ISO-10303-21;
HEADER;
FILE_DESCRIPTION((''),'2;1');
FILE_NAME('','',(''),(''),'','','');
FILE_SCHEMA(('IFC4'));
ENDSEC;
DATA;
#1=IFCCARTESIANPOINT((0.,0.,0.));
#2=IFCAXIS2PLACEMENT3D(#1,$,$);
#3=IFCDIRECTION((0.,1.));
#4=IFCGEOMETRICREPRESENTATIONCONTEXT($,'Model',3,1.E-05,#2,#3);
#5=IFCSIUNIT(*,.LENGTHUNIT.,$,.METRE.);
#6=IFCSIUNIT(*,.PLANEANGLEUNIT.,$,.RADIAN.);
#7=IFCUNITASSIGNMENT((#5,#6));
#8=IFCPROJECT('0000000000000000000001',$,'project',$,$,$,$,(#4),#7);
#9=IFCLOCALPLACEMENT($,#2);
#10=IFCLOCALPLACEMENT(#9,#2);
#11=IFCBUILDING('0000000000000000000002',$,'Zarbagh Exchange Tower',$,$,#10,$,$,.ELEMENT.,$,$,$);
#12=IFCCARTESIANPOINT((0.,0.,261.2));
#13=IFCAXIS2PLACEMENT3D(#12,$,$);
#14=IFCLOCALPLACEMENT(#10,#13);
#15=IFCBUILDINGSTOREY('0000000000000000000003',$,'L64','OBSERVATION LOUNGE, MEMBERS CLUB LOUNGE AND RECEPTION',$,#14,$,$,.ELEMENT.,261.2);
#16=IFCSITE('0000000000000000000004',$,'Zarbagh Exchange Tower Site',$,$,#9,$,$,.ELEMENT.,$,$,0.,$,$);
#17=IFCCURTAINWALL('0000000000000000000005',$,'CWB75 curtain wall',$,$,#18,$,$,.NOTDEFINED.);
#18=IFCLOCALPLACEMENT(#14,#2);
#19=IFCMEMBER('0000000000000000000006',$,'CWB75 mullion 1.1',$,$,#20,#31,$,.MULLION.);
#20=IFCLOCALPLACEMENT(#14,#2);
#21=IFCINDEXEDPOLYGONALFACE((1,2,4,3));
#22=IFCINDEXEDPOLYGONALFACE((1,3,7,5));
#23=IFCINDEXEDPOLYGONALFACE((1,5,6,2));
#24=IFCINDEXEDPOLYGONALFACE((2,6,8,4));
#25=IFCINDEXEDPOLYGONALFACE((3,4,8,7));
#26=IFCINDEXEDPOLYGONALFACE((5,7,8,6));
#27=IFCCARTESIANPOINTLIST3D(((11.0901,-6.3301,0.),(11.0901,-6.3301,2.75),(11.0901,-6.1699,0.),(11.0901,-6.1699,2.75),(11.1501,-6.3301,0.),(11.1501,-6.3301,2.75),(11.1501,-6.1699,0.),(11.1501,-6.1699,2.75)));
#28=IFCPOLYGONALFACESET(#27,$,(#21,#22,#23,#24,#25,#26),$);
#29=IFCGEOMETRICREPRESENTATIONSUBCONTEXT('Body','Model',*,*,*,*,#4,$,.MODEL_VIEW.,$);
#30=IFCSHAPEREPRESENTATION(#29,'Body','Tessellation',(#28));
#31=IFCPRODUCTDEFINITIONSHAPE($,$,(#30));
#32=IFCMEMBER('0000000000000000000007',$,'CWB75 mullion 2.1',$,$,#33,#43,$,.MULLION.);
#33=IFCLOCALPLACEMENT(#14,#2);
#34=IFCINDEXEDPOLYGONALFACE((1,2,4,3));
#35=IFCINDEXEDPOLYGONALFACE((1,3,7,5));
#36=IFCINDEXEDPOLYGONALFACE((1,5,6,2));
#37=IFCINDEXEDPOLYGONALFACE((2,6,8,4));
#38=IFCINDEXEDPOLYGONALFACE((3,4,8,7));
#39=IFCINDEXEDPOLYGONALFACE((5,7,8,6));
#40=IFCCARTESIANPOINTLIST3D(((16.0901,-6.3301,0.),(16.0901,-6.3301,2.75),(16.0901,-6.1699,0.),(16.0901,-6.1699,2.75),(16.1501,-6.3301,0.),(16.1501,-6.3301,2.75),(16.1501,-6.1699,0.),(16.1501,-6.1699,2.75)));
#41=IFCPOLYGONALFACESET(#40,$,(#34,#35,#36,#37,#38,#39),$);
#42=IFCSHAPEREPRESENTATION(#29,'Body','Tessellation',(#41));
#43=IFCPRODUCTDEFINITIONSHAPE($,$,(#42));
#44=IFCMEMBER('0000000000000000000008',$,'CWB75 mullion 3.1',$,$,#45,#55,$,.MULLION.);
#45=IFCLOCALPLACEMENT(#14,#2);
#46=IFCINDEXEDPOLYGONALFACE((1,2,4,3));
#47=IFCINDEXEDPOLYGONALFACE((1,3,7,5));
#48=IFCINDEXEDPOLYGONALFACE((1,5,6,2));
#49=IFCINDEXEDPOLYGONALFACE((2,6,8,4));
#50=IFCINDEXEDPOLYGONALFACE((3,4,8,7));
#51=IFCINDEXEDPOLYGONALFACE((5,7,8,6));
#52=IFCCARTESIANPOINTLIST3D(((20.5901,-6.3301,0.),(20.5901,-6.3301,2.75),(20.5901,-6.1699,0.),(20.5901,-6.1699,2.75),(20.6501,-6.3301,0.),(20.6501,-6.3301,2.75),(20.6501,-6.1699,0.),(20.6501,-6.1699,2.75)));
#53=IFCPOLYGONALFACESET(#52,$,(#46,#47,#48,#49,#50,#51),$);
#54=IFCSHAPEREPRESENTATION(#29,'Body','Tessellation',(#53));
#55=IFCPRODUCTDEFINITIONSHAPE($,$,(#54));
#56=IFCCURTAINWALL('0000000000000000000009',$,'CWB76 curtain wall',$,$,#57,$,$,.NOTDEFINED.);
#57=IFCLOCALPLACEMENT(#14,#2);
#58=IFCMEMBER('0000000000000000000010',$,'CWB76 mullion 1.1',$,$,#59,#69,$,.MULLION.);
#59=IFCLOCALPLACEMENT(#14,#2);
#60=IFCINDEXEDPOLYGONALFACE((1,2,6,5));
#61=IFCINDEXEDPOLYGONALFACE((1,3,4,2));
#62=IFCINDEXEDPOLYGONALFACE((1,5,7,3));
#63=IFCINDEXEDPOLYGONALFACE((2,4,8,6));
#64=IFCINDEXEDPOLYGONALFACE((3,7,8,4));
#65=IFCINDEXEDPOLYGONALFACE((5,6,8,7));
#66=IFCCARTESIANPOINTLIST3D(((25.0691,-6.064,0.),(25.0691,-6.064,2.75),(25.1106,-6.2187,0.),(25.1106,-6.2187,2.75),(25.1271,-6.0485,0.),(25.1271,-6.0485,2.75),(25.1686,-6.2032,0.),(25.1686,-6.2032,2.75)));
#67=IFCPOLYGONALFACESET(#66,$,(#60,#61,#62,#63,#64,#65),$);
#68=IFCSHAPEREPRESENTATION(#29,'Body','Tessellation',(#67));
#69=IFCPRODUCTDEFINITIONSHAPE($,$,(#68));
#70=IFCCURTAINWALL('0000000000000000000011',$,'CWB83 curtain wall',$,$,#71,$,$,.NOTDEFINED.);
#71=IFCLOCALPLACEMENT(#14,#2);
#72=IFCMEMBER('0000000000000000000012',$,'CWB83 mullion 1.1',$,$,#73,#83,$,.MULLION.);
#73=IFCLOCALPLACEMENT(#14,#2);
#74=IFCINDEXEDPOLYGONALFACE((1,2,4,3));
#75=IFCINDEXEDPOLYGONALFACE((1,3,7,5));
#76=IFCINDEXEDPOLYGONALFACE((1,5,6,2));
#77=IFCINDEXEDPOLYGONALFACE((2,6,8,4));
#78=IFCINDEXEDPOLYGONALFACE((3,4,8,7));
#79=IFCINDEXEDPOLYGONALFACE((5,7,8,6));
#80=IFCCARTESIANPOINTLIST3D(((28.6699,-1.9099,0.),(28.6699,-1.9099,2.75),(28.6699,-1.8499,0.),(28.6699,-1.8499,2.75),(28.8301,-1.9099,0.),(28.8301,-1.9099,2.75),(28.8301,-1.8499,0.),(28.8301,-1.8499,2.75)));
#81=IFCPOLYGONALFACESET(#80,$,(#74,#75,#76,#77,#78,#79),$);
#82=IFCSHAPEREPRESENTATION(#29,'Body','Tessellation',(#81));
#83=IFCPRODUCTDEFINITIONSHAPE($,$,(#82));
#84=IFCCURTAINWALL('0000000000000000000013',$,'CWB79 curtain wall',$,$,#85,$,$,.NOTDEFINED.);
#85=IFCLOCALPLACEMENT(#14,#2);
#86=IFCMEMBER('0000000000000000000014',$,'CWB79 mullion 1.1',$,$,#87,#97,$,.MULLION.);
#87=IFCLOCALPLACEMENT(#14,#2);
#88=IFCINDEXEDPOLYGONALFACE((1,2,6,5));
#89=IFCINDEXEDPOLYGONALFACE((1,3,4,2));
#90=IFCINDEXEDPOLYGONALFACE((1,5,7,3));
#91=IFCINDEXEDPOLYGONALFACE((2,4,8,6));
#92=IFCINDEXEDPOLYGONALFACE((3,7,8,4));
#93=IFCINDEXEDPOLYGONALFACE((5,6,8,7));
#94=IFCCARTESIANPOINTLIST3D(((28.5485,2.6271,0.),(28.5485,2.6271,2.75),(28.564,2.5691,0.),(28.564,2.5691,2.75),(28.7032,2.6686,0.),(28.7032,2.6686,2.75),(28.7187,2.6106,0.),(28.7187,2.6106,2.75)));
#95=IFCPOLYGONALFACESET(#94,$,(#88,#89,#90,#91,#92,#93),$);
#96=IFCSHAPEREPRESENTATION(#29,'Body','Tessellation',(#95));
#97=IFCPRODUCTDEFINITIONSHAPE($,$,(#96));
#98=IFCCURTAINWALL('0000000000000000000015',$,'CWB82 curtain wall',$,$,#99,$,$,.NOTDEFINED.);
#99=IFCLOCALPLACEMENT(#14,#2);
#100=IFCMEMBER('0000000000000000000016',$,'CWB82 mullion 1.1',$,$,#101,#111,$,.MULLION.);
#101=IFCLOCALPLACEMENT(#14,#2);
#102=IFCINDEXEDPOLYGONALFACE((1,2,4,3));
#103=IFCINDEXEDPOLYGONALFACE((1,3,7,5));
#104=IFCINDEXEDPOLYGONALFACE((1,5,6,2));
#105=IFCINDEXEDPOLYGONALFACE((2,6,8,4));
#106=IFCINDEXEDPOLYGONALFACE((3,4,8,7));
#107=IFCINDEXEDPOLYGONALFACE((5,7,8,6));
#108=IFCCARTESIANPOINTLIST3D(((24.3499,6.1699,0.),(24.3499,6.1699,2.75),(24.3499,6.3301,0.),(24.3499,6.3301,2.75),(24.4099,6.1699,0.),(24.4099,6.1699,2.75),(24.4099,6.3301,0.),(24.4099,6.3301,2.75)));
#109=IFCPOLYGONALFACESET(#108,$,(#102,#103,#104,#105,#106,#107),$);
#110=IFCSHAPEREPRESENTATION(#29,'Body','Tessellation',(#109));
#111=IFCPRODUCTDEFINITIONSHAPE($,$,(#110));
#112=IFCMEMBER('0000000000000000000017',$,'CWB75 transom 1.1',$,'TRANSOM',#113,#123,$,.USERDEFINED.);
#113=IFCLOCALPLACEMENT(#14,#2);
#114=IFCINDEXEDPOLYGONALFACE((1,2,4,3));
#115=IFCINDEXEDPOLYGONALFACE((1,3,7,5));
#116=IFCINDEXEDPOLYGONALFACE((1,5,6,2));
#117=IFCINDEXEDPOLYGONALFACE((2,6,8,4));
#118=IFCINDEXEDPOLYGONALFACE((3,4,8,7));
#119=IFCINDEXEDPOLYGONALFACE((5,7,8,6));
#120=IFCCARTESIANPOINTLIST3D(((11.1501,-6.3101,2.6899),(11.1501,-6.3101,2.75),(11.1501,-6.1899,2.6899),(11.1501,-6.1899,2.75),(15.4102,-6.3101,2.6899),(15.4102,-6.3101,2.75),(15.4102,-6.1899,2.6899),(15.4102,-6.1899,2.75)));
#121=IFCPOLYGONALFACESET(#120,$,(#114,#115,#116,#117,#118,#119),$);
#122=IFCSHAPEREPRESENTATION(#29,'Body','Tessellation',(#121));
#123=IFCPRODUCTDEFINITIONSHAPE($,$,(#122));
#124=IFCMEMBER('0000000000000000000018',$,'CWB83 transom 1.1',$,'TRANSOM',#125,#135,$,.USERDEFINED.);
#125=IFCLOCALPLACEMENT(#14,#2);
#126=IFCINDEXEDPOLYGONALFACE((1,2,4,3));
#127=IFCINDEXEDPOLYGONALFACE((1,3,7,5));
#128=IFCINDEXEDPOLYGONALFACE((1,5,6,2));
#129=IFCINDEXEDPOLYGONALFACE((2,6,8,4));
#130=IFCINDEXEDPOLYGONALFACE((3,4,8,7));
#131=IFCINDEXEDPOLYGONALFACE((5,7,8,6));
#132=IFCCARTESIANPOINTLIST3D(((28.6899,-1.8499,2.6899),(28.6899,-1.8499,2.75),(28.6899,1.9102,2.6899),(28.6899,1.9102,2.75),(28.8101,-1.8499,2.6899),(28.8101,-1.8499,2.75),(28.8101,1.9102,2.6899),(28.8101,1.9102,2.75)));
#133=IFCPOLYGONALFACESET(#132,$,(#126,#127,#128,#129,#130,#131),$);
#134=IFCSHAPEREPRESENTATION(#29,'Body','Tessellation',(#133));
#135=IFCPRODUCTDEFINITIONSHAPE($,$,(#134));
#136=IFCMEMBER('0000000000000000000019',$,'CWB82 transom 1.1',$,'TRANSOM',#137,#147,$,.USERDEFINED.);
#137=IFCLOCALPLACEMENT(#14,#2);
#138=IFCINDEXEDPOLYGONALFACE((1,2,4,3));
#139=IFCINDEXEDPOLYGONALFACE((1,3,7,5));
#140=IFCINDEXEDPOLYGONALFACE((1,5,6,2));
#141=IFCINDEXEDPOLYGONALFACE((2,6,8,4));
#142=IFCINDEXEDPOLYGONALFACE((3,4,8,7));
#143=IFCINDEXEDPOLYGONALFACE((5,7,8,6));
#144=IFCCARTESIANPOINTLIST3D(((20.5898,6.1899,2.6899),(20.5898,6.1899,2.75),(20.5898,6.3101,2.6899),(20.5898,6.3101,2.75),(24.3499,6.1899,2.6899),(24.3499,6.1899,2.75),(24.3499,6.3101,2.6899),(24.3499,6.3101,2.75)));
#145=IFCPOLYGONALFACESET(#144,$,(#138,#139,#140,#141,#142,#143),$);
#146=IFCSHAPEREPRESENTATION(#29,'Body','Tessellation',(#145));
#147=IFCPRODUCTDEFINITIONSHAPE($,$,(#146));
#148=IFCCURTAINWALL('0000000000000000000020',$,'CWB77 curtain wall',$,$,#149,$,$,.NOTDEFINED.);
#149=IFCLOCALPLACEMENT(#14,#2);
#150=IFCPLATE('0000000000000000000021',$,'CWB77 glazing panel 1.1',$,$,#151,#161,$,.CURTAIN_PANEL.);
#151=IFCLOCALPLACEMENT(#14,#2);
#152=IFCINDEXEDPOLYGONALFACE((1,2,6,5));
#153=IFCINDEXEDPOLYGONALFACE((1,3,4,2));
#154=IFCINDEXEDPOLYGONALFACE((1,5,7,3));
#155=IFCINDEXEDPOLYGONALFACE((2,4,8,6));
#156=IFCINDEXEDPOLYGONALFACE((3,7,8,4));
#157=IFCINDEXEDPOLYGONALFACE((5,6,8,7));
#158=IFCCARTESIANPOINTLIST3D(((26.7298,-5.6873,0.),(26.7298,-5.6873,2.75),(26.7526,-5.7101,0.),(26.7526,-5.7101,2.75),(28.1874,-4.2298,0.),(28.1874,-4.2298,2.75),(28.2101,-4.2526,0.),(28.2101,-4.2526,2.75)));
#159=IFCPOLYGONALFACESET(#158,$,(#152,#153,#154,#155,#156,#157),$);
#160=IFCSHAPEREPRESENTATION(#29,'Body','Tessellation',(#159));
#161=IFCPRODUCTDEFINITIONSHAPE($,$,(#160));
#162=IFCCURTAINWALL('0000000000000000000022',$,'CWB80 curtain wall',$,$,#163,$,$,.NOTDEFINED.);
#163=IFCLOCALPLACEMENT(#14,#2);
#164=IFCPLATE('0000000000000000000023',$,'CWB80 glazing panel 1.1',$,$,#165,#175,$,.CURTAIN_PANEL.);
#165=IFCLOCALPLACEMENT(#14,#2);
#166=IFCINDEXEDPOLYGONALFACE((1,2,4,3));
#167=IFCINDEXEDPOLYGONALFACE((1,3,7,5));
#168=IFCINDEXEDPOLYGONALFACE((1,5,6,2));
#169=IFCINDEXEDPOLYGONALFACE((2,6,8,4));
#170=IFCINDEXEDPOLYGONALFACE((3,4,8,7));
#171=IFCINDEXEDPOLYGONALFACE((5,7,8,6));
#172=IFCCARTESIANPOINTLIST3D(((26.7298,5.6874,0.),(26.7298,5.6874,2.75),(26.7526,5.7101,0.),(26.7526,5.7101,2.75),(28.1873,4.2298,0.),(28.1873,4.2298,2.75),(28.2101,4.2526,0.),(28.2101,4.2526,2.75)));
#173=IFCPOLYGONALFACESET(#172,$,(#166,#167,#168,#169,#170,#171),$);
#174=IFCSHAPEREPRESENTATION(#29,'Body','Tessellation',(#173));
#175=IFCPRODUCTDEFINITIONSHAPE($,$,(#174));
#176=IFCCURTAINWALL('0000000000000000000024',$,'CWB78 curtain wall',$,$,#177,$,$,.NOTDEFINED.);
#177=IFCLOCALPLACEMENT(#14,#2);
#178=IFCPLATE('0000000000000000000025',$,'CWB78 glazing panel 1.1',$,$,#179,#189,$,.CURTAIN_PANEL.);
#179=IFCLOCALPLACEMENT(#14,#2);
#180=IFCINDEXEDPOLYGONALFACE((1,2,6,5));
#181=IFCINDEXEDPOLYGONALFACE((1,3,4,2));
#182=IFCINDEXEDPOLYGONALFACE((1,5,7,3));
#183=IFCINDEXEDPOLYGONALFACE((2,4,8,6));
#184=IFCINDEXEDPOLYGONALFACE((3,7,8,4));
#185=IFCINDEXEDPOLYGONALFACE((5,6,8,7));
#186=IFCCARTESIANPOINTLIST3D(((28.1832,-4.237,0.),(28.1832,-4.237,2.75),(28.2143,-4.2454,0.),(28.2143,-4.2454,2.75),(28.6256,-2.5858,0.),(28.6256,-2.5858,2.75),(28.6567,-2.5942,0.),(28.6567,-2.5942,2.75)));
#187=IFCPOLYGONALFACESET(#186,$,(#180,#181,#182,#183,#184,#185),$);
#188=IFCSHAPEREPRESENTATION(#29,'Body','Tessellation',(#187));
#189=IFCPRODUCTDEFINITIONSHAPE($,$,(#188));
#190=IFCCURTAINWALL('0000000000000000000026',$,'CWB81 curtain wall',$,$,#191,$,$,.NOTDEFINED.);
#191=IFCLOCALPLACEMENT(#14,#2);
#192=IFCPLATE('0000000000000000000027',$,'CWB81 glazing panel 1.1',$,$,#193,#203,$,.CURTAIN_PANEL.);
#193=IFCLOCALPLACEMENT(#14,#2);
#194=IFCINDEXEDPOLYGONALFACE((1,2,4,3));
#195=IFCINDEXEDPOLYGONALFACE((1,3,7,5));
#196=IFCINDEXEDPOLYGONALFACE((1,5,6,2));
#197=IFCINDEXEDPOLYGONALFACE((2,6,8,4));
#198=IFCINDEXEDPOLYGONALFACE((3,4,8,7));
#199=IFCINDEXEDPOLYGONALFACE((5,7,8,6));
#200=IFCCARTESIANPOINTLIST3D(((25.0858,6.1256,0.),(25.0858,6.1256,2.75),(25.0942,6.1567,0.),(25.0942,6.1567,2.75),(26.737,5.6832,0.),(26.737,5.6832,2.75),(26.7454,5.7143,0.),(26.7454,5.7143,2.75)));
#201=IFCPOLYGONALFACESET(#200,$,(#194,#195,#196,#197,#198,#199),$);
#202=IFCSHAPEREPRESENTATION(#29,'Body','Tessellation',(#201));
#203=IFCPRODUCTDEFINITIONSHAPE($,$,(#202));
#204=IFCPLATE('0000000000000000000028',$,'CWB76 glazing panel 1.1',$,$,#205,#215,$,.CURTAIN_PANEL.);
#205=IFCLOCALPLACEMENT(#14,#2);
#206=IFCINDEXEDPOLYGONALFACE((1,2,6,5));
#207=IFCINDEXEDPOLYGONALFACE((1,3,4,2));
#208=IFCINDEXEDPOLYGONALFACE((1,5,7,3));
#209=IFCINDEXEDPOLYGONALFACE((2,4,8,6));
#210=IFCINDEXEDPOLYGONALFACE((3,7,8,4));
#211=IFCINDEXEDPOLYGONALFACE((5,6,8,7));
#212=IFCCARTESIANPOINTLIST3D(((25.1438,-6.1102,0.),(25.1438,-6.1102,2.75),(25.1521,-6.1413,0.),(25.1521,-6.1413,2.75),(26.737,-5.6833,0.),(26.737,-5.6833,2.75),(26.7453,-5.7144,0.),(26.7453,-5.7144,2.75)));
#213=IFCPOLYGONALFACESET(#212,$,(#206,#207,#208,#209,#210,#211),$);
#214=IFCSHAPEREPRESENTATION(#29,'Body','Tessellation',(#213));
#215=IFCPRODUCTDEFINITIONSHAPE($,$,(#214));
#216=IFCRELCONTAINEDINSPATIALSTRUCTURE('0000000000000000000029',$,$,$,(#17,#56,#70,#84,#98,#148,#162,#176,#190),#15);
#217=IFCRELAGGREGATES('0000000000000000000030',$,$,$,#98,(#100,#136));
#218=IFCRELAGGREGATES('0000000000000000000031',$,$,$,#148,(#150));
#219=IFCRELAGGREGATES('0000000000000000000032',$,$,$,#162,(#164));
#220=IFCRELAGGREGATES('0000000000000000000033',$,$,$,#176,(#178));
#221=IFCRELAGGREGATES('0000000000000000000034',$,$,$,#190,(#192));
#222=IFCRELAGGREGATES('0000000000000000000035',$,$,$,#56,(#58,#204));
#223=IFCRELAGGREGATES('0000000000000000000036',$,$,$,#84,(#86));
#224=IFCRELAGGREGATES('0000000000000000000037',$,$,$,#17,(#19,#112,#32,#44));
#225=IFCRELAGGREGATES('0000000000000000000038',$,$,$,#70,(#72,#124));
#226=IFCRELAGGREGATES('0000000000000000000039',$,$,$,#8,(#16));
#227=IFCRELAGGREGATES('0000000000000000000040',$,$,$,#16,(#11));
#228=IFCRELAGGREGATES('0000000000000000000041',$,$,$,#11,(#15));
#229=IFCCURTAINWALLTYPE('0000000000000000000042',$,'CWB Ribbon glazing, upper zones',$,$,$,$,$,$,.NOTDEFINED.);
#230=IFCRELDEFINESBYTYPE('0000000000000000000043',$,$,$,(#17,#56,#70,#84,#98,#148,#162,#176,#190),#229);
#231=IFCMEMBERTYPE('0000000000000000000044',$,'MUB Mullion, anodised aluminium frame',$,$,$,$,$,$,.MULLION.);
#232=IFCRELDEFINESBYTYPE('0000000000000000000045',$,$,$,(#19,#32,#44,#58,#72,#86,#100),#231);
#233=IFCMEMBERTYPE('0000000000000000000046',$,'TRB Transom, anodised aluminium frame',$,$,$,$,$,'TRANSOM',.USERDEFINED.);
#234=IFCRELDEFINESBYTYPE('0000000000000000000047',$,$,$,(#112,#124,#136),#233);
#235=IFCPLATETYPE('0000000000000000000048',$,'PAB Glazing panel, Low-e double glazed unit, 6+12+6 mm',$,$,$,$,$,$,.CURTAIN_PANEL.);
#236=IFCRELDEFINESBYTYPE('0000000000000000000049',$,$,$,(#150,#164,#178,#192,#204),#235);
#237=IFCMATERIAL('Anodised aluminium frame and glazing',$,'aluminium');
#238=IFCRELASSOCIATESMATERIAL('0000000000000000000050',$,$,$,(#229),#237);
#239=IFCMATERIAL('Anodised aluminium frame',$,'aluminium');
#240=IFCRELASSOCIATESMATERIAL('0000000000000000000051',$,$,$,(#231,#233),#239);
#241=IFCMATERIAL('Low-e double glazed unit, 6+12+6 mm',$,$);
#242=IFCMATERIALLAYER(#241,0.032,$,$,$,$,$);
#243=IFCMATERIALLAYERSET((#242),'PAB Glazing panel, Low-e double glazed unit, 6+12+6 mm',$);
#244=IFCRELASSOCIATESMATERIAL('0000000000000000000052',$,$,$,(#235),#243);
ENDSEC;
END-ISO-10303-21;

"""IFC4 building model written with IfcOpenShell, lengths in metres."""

from ifc_helpers import new_model, si_unit, direction, frame, origin, place, context, subcontext, project, spatial, polyline, outline, extrude, source, transform, mapped, material, layer, layer_set, type_object, element, aggregate, save


model = new_model("IFC4")

# Units and contexts
model_context = context("Model", 3, precision=1e-05, world=origin(), true_north=direction((0.0, 1.0)))
body_context = subcontext(model_context, "Body", "Model", "MODEL_VIEW")
ifc_project = project(units=[si_unit("LENGTHUNIT", "METRE"), si_unit("PLANEANGLEUNIT", "RADIAN")], contexts=[model_context])

# Site, building, storey
site_placement = place(None, origin())
site = spatial("IfcSite", under=ifc_project, at=site_placement, Name="Zarbagh Exchange Tower Site", CompositionType="ELEMENT", RefElevation=0.0)
building_placement = place(site_placement, origin())
building = spatial("IfcBuilding", under=site, at=building_placement, Name="Zarbagh Exchange Tower", CompositionType="ELEMENT")
storey_placement = place(building_placement, frame((0.0, 0.0, 261.2)))
storey = spatial("IfcBuildingStorey", under=building, at=storey_placement, Name="L64", Description="OBSERVATION LOUNGE, MEMBERS CLUB LOUNGE AND RECEPTION", CompositionType="ELEMENT", Elevation=261.2)

# Curtain wall, members
ifc_material_1 = material(Name="Anodised aluminium frame and glazing", Category="aluminium")
curtain_wall_type = type_object("IfcCurtainWallType", Name="CWB Ribbon glazing, upper zones", PredefinedType="NOTDEFINED", material=ifc_material_1)
curtain_wall_1_placement = place(storey_placement, origin())
curtain_wall_1 = element("IfcCurtainWall", 1, at=curtain_wall_1_placement, inside=storey, type_object=curtain_wall_type, Name="CWB75 curtain wall", PredefinedType="NOTDEFINED")
ifc_material_2 = material(Name="Anodised aluminium frame", Category="aluminium")
member_type_1 = type_object("IfcMemberType", Name="MUB Mullion, anodised aluminium frame", PredefinedType="MULLION", material=ifc_material_2)
shared_shape_1 = source(origin(), body_context, "Body", "SweptSolid", [
    extrude(outline(polyline([(0.0, -0.0801), (0.0601, -0.0801), (0.0601, 0.0801), (0.0, 0.0801), (0.0, -0.0801)])), origin(), (0.0, 0.0, 1.0), 2.75),
])
placement = place(storey_placement, origin())
member_1 = element("IfcMember", 2, at=placement, type_object=member_type_1, Name="CWB75 mullion 1.1", PredefinedType="MULLION", context=body_context, shape_type="MappedRepresentation", body=[
    mapped(shared_shape_1, transform((11.0901, -6.25, 0.0), x_axis=(1.0, 0.0, 0.0), y_axis=(0.0, 1.0, 0.0), z_axis=(0.0, 0.0, 1.0))),
])
member_2 = element("IfcMember", 3, at=placement, type_object=member_type_1, Name="CWB75 mullion 2.1", PredefinedType="MULLION", context=body_context, shape_type="MappedRepresentation", body=[
    mapped(shared_shape_1, transform((16.0901, -6.25, 0.0), x_axis=(1.0, 0.0, 0.0), y_axis=(0.0, 1.0, 0.0), z_axis=(0.0, 0.0, 1.0))),
])
member_3 = element("IfcMember", 4, at=placement, type_object=member_type_1, Name="CWB75 mullion 3.1", PredefinedType="MULLION", context=body_context, shape_type="MappedRepresentation", body=[
    mapped(shared_shape_1, transform((20.5901, -6.25, 0.0), x_axis=(1.0, 0.0, 0.0), y_axis=(0.0, 1.0, 0.0), z_axis=(0.0, 0.0, 1.0))),
])

# Curtain walls, members
curtain_wall_2_placement = place(storey_placement, origin())
curtain_wall_2 = element("IfcCurtainWall", 5, at=curtain_wall_2_placement, inside=storey, type_object=curtain_wall_type, Name="CWB76 curtain wall", PredefinedType="NOTDEFINED")
member_4 = element("IfcMember", 6, at=placement, type_object=member_type_1, Name="CWB76 mullion 1.1", PredefinedType="MULLION", context=body_context, shape_type="MappedRepresentation", body=[
    mapped(shared_shape_1, transform((25.0898, -6.1414, 0.0), x_axis=(0.965924, 0.258825, 0.0), y_axis=(-0.258825, 0.965924, 0.0), z_axis=(0.0, 0.0, 1.0))),
])
curtain_wall_3_placement = place(storey_placement, origin())
curtain_wall_3 = element("IfcCurtainWall", 7, at=curtain_wall_3_placement, inside=storey, type_object=curtain_wall_type, Name="CWB83 curtain wall", PredefinedType="NOTDEFINED")
member_5 = element("IfcMember", 8, at=placement, type_object=member_type_1, Name="CWB83 mullion 1.1", PredefinedType="MULLION", context=body_context, shape_type="MappedRepresentation", body=[
    mapped(shared_shape_1, transform((28.75, -1.9099, 0.0), x_axis=(0.0, 1.0, 0.0), y_axis=(-1.0, 0.0, 0.0), z_axis=(0.0, 0.0, 1.0))),
])
curtain_wall_4_placement = place(storey_placement, origin())
curtain_wall_4 = element("IfcCurtainWall", 9, at=curtain_wall_4_placement, inside=storey, type_object=curtain_wall_type, Name="CWB79 curtain wall", PredefinedType="NOTDEFINED")
member_6 = element("IfcMember", 10, at=placement, type_object=member_type_1, Name="CWB79 mullion 1.1", PredefinedType="MULLION", context=body_context, shape_type="MappedRepresentation", body=[
    mapped(shared_shape_1, transform((28.6414, 2.5898, 0.0), x_axis=(-0.258825, 0.965924, 0.0), y_axis=(-0.965924, -0.258825, 0.0), z_axis=(0.0, 0.0, 1.0))),
])
curtain_wall_5_placement = place(storey_placement, origin())
curtain_wall_5 = element("IfcCurtainWall", 11, at=curtain_wall_5_placement, inside=storey, type_object=curtain_wall_type, Name="CWB82 curtain wall", PredefinedType="NOTDEFINED")
member_7 = element("IfcMember", 12, at=placement, type_object=member_type_1, Name="CWB82 mullion 1.1", PredefinedType="MULLION", context=body_context, shape_type="MappedRepresentation", body=[
    mapped(shared_shape_1, transform((24.4099, 6.25, 0.0), x_axis=(-1.0, 0.0, 0.0), y_axis=(0.0, -1.0, 0.0), z_axis=(0.0, 0.0, 1.0))),
])

# Members
member_type_2 = type_object("IfcMemberType", Name="TRB Transom, anodised aluminium frame", ElementType="TRANSOM", PredefinedType="USERDEFINED", material=ifc_material_2)
shared_shape_2 = source(origin(), body_context, "Body", "SweptSolid", [
    extrude(outline(polyline([(-0.0601, -0.0601), (0.0, -0.0601), (0.0, 0.0601), (-0.0601, 0.0601), (-0.0601, -0.0601)])), origin(), (0.0, 0.0, 1.0), 4.26),
])
member_8 = element("IfcMember", 13, at=placement, type_object=member_type_2, Name="CWB75 transom 1.1", ObjectType="TRANSOM", PredefinedType="USERDEFINED", context=body_context, shape_type="MappedRepresentation", body=[
    mapped(shared_shape_2, transform((11.1501, -6.25, 2.75), x_axis=(0.0, 0.0, 1.0), y_axis=(0.0, -1.0, 0.0), z_axis=(1.0, 0.0, 0.0))),
])
shared_shape_3 = source(origin(), body_context, "Body", "SweptSolid", [
    extrude(outline(polyline([(-0.0601, -0.0601), (0.0, -0.0601), (0.0, 0.0601), (-0.0601, 0.0601), (-0.0601, -0.0601)])), origin(), (0.0, 0.0, 1.0), 3.76),
])
member_9 = element("IfcMember", 14, at=placement, type_object=member_type_2, Name="CWB83 transom 1.1", ObjectType="TRANSOM", PredefinedType="USERDEFINED", context=body_context, shape_type="MappedRepresentation", body=[
    mapped(shared_shape_3, transform((28.75, -1.8499, 2.75), x_axis=(0.0, 0.0, 1.0), y_axis=(1.0, 0.0, 0.0), z_axis=(0.0, 1.0, 0.0))),
])
member_10 = element("IfcMember", 15, at=placement, type_object=member_type_2, Name="CWB82 transom 1.1", ObjectType="TRANSOM", PredefinedType="USERDEFINED", context=body_context, shape_type="MappedRepresentation", body=[
    mapped(shared_shape_3, transform((24.3499, 6.25, 2.75), x_axis=(0.0, 0.0, 1.0), y_axis=(0.0, 1.0, 0.0), z_axis=(-1.0, 0.0, 0.0))),
])
aggregate(curtain_wall_5, [member_7, member_10])

# Curtain walls, plates
curtain_wall_6_placement = place(storey_placement, origin())
curtain_wall_6 = element("IfcCurtainWall", 16, at=curtain_wall_6_placement, inside=storey, type_object=curtain_wall_type, Name="CWB77 curtain wall", PredefinedType="NOTDEFINED")
ifc_material_3 = material(Name="Low-e double glazed unit, 6+12+6 mm")
ifc_layer = layer(ifc_material_3, 0.032)
ifc_layer_set = layer_set([ifc_layer], Name="PAB Glazing panel, Low-e double glazed unit, 6+12+6 mm")
plate_type = type_object("IfcPlateType", Name="PAB Glazing panel, Low-e double glazed unit, 6+12+6 mm", PredefinedType="CURTAIN_PANEL", material=ifc_layer_set)
shared_shape_4 = source(origin(), body_context, "Body", "SweptSolid", [
    extrude(outline(polyline([(0.0, -0.0161), (2.0613, -0.0161), (2.0613, 0.0161), (0.0, 0.0161), (0.0, -0.0161)])), origin(), (0.0, 0.0, 1.0), 2.75),
])
plate_1 = element("IfcPlate", 17, at=placement, type_object=plate_type, Name="CWB77 glazing panel 1.1", PredefinedType="CURTAIN_PANEL", context=body_context, shape_type="MappedRepresentation", body=[
    mapped(shared_shape_4, transform((26.7412, -5.6987, 0.0), x_axis=(0.707107, 0.707107, 0.0), y_axis=(-0.707107, 0.707107, 0.0), z_axis=(0.0, 0.0, 1.0))),
])
aggregate(curtain_wall_6, [plate_1])
curtain_wall_7_placement = place(storey_placement, origin())
curtain_wall_7 = element("IfcCurtainWall", 18, at=curtain_wall_7_placement, inside=storey, type_object=curtain_wall_type, Name="CWB80 curtain wall", PredefinedType="NOTDEFINED")
plate_2 = element("IfcPlate", 19, at=placement, type_object=plate_type, Name="CWB80 glazing panel 1.1", PredefinedType="CURTAIN_PANEL", context=body_context, shape_type="MappedRepresentation", body=[
    mapped(shared_shape_4, transform((28.1987, 4.2412, 0.0), x_axis=(-0.707107, 0.707107, 0.0), y_axis=(-0.707107, -0.707107, 0.0), z_axis=(0.0, 0.0, 1.0))),
])
aggregate(curtain_wall_7, [plate_2])
curtain_wall_8_placement = place(storey_placement, origin())
curtain_wall_8 = element("IfcCurtainWall", 20, at=curtain_wall_8_placement, inside=storey, type_object=curtain_wall_type, Name="CWB78 curtain wall", PredefinedType="NOTDEFINED")
shared_shape_5 = source(origin(), body_context, "Body", "SweptSolid", [
    extrude(outline(polyline([(0.0, -0.0161), (1.7095, -0.0161), (1.7095, 0.0161), (0.0, 0.0161), (0.0, -0.0161)])), origin(), (0.0, 0.0, 1.0), 2.75),
])
plate_3 = element("IfcPlate", 21, at=placement, type_object=plate_type, Name="CWB78 glazing panel 1.1", PredefinedType="CURTAIN_PANEL", context=body_context, shape_type="MappedRepresentation", body=[
    mapped(shared_shape_5, transform((28.1987, -4.2412, 0.0), x_axis=(0.258825, 0.965924, 0.0), y_axis=(-0.965924, 0.258825, 0.0), z_axis=(0.0, 0.0, 1.0))),
])
aggregate(curtain_wall_8, [plate_3])
curtain_wall_9_placement = place(storey_placement, origin())
curtain_wall_9 = element("IfcCurtainWall", 22, at=curtain_wall_9_placement, inside=storey, type_object=curtain_wall_type, Name="CWB81 curtain wall", PredefinedType="NOTDEFINED")
plate_4 = element("IfcPlate", 23, at=placement, type_object=plate_type, Name="CWB81 glazing panel 1.1", PredefinedType="CURTAIN_PANEL", context=body_context, shape_type="MappedRepresentation", body=[
    mapped(shared_shape_5, transform((26.7412, 5.6987, 0.0), x_axis=(-0.965924, 0.258825, 0.0), y_axis=(-0.258825, -0.965924, 0.0), z_axis=(0.0, 0.0, 1.0))),
])
aggregate(curtain_wall_9, [plate_4])

# Plate
shared_shape_6 = source(origin(), body_context, "Body", "SweptSolid", [
    extrude(outline(polyline([(0.0, -0.0161), (1.6494, -0.0161), (1.6494, 0.0161), (0.0, 0.0161), (0.0, -0.0161)])), origin(), (0.0, 0.0, 1.0), 2.75),
])
plate_5 = element("IfcPlate", 24, at=placement, type_object=plate_type, Name="CWB76 glazing panel 1.1", PredefinedType="CURTAIN_PANEL", context=body_context, shape_type="MappedRepresentation", body=[
    mapped(shared_shape_6, transform((25.1479, -6.1257, 0.0), x_axis=(0.965924, 0.258825, 0.0), y_axis=(-0.258825, 0.965924, 0.0), z_axis=(0.0, 0.0, 1.0))),
])
aggregate(curtain_wall_2, [member_4, plate_5])
aggregate(curtain_wall_4, [member_6])

aggregate(curtain_wall_1, [member_1, member_8, member_2, member_3])
aggregate(curtain_wall_3, [member_5, member_9])

save(model, "model.ifc")
